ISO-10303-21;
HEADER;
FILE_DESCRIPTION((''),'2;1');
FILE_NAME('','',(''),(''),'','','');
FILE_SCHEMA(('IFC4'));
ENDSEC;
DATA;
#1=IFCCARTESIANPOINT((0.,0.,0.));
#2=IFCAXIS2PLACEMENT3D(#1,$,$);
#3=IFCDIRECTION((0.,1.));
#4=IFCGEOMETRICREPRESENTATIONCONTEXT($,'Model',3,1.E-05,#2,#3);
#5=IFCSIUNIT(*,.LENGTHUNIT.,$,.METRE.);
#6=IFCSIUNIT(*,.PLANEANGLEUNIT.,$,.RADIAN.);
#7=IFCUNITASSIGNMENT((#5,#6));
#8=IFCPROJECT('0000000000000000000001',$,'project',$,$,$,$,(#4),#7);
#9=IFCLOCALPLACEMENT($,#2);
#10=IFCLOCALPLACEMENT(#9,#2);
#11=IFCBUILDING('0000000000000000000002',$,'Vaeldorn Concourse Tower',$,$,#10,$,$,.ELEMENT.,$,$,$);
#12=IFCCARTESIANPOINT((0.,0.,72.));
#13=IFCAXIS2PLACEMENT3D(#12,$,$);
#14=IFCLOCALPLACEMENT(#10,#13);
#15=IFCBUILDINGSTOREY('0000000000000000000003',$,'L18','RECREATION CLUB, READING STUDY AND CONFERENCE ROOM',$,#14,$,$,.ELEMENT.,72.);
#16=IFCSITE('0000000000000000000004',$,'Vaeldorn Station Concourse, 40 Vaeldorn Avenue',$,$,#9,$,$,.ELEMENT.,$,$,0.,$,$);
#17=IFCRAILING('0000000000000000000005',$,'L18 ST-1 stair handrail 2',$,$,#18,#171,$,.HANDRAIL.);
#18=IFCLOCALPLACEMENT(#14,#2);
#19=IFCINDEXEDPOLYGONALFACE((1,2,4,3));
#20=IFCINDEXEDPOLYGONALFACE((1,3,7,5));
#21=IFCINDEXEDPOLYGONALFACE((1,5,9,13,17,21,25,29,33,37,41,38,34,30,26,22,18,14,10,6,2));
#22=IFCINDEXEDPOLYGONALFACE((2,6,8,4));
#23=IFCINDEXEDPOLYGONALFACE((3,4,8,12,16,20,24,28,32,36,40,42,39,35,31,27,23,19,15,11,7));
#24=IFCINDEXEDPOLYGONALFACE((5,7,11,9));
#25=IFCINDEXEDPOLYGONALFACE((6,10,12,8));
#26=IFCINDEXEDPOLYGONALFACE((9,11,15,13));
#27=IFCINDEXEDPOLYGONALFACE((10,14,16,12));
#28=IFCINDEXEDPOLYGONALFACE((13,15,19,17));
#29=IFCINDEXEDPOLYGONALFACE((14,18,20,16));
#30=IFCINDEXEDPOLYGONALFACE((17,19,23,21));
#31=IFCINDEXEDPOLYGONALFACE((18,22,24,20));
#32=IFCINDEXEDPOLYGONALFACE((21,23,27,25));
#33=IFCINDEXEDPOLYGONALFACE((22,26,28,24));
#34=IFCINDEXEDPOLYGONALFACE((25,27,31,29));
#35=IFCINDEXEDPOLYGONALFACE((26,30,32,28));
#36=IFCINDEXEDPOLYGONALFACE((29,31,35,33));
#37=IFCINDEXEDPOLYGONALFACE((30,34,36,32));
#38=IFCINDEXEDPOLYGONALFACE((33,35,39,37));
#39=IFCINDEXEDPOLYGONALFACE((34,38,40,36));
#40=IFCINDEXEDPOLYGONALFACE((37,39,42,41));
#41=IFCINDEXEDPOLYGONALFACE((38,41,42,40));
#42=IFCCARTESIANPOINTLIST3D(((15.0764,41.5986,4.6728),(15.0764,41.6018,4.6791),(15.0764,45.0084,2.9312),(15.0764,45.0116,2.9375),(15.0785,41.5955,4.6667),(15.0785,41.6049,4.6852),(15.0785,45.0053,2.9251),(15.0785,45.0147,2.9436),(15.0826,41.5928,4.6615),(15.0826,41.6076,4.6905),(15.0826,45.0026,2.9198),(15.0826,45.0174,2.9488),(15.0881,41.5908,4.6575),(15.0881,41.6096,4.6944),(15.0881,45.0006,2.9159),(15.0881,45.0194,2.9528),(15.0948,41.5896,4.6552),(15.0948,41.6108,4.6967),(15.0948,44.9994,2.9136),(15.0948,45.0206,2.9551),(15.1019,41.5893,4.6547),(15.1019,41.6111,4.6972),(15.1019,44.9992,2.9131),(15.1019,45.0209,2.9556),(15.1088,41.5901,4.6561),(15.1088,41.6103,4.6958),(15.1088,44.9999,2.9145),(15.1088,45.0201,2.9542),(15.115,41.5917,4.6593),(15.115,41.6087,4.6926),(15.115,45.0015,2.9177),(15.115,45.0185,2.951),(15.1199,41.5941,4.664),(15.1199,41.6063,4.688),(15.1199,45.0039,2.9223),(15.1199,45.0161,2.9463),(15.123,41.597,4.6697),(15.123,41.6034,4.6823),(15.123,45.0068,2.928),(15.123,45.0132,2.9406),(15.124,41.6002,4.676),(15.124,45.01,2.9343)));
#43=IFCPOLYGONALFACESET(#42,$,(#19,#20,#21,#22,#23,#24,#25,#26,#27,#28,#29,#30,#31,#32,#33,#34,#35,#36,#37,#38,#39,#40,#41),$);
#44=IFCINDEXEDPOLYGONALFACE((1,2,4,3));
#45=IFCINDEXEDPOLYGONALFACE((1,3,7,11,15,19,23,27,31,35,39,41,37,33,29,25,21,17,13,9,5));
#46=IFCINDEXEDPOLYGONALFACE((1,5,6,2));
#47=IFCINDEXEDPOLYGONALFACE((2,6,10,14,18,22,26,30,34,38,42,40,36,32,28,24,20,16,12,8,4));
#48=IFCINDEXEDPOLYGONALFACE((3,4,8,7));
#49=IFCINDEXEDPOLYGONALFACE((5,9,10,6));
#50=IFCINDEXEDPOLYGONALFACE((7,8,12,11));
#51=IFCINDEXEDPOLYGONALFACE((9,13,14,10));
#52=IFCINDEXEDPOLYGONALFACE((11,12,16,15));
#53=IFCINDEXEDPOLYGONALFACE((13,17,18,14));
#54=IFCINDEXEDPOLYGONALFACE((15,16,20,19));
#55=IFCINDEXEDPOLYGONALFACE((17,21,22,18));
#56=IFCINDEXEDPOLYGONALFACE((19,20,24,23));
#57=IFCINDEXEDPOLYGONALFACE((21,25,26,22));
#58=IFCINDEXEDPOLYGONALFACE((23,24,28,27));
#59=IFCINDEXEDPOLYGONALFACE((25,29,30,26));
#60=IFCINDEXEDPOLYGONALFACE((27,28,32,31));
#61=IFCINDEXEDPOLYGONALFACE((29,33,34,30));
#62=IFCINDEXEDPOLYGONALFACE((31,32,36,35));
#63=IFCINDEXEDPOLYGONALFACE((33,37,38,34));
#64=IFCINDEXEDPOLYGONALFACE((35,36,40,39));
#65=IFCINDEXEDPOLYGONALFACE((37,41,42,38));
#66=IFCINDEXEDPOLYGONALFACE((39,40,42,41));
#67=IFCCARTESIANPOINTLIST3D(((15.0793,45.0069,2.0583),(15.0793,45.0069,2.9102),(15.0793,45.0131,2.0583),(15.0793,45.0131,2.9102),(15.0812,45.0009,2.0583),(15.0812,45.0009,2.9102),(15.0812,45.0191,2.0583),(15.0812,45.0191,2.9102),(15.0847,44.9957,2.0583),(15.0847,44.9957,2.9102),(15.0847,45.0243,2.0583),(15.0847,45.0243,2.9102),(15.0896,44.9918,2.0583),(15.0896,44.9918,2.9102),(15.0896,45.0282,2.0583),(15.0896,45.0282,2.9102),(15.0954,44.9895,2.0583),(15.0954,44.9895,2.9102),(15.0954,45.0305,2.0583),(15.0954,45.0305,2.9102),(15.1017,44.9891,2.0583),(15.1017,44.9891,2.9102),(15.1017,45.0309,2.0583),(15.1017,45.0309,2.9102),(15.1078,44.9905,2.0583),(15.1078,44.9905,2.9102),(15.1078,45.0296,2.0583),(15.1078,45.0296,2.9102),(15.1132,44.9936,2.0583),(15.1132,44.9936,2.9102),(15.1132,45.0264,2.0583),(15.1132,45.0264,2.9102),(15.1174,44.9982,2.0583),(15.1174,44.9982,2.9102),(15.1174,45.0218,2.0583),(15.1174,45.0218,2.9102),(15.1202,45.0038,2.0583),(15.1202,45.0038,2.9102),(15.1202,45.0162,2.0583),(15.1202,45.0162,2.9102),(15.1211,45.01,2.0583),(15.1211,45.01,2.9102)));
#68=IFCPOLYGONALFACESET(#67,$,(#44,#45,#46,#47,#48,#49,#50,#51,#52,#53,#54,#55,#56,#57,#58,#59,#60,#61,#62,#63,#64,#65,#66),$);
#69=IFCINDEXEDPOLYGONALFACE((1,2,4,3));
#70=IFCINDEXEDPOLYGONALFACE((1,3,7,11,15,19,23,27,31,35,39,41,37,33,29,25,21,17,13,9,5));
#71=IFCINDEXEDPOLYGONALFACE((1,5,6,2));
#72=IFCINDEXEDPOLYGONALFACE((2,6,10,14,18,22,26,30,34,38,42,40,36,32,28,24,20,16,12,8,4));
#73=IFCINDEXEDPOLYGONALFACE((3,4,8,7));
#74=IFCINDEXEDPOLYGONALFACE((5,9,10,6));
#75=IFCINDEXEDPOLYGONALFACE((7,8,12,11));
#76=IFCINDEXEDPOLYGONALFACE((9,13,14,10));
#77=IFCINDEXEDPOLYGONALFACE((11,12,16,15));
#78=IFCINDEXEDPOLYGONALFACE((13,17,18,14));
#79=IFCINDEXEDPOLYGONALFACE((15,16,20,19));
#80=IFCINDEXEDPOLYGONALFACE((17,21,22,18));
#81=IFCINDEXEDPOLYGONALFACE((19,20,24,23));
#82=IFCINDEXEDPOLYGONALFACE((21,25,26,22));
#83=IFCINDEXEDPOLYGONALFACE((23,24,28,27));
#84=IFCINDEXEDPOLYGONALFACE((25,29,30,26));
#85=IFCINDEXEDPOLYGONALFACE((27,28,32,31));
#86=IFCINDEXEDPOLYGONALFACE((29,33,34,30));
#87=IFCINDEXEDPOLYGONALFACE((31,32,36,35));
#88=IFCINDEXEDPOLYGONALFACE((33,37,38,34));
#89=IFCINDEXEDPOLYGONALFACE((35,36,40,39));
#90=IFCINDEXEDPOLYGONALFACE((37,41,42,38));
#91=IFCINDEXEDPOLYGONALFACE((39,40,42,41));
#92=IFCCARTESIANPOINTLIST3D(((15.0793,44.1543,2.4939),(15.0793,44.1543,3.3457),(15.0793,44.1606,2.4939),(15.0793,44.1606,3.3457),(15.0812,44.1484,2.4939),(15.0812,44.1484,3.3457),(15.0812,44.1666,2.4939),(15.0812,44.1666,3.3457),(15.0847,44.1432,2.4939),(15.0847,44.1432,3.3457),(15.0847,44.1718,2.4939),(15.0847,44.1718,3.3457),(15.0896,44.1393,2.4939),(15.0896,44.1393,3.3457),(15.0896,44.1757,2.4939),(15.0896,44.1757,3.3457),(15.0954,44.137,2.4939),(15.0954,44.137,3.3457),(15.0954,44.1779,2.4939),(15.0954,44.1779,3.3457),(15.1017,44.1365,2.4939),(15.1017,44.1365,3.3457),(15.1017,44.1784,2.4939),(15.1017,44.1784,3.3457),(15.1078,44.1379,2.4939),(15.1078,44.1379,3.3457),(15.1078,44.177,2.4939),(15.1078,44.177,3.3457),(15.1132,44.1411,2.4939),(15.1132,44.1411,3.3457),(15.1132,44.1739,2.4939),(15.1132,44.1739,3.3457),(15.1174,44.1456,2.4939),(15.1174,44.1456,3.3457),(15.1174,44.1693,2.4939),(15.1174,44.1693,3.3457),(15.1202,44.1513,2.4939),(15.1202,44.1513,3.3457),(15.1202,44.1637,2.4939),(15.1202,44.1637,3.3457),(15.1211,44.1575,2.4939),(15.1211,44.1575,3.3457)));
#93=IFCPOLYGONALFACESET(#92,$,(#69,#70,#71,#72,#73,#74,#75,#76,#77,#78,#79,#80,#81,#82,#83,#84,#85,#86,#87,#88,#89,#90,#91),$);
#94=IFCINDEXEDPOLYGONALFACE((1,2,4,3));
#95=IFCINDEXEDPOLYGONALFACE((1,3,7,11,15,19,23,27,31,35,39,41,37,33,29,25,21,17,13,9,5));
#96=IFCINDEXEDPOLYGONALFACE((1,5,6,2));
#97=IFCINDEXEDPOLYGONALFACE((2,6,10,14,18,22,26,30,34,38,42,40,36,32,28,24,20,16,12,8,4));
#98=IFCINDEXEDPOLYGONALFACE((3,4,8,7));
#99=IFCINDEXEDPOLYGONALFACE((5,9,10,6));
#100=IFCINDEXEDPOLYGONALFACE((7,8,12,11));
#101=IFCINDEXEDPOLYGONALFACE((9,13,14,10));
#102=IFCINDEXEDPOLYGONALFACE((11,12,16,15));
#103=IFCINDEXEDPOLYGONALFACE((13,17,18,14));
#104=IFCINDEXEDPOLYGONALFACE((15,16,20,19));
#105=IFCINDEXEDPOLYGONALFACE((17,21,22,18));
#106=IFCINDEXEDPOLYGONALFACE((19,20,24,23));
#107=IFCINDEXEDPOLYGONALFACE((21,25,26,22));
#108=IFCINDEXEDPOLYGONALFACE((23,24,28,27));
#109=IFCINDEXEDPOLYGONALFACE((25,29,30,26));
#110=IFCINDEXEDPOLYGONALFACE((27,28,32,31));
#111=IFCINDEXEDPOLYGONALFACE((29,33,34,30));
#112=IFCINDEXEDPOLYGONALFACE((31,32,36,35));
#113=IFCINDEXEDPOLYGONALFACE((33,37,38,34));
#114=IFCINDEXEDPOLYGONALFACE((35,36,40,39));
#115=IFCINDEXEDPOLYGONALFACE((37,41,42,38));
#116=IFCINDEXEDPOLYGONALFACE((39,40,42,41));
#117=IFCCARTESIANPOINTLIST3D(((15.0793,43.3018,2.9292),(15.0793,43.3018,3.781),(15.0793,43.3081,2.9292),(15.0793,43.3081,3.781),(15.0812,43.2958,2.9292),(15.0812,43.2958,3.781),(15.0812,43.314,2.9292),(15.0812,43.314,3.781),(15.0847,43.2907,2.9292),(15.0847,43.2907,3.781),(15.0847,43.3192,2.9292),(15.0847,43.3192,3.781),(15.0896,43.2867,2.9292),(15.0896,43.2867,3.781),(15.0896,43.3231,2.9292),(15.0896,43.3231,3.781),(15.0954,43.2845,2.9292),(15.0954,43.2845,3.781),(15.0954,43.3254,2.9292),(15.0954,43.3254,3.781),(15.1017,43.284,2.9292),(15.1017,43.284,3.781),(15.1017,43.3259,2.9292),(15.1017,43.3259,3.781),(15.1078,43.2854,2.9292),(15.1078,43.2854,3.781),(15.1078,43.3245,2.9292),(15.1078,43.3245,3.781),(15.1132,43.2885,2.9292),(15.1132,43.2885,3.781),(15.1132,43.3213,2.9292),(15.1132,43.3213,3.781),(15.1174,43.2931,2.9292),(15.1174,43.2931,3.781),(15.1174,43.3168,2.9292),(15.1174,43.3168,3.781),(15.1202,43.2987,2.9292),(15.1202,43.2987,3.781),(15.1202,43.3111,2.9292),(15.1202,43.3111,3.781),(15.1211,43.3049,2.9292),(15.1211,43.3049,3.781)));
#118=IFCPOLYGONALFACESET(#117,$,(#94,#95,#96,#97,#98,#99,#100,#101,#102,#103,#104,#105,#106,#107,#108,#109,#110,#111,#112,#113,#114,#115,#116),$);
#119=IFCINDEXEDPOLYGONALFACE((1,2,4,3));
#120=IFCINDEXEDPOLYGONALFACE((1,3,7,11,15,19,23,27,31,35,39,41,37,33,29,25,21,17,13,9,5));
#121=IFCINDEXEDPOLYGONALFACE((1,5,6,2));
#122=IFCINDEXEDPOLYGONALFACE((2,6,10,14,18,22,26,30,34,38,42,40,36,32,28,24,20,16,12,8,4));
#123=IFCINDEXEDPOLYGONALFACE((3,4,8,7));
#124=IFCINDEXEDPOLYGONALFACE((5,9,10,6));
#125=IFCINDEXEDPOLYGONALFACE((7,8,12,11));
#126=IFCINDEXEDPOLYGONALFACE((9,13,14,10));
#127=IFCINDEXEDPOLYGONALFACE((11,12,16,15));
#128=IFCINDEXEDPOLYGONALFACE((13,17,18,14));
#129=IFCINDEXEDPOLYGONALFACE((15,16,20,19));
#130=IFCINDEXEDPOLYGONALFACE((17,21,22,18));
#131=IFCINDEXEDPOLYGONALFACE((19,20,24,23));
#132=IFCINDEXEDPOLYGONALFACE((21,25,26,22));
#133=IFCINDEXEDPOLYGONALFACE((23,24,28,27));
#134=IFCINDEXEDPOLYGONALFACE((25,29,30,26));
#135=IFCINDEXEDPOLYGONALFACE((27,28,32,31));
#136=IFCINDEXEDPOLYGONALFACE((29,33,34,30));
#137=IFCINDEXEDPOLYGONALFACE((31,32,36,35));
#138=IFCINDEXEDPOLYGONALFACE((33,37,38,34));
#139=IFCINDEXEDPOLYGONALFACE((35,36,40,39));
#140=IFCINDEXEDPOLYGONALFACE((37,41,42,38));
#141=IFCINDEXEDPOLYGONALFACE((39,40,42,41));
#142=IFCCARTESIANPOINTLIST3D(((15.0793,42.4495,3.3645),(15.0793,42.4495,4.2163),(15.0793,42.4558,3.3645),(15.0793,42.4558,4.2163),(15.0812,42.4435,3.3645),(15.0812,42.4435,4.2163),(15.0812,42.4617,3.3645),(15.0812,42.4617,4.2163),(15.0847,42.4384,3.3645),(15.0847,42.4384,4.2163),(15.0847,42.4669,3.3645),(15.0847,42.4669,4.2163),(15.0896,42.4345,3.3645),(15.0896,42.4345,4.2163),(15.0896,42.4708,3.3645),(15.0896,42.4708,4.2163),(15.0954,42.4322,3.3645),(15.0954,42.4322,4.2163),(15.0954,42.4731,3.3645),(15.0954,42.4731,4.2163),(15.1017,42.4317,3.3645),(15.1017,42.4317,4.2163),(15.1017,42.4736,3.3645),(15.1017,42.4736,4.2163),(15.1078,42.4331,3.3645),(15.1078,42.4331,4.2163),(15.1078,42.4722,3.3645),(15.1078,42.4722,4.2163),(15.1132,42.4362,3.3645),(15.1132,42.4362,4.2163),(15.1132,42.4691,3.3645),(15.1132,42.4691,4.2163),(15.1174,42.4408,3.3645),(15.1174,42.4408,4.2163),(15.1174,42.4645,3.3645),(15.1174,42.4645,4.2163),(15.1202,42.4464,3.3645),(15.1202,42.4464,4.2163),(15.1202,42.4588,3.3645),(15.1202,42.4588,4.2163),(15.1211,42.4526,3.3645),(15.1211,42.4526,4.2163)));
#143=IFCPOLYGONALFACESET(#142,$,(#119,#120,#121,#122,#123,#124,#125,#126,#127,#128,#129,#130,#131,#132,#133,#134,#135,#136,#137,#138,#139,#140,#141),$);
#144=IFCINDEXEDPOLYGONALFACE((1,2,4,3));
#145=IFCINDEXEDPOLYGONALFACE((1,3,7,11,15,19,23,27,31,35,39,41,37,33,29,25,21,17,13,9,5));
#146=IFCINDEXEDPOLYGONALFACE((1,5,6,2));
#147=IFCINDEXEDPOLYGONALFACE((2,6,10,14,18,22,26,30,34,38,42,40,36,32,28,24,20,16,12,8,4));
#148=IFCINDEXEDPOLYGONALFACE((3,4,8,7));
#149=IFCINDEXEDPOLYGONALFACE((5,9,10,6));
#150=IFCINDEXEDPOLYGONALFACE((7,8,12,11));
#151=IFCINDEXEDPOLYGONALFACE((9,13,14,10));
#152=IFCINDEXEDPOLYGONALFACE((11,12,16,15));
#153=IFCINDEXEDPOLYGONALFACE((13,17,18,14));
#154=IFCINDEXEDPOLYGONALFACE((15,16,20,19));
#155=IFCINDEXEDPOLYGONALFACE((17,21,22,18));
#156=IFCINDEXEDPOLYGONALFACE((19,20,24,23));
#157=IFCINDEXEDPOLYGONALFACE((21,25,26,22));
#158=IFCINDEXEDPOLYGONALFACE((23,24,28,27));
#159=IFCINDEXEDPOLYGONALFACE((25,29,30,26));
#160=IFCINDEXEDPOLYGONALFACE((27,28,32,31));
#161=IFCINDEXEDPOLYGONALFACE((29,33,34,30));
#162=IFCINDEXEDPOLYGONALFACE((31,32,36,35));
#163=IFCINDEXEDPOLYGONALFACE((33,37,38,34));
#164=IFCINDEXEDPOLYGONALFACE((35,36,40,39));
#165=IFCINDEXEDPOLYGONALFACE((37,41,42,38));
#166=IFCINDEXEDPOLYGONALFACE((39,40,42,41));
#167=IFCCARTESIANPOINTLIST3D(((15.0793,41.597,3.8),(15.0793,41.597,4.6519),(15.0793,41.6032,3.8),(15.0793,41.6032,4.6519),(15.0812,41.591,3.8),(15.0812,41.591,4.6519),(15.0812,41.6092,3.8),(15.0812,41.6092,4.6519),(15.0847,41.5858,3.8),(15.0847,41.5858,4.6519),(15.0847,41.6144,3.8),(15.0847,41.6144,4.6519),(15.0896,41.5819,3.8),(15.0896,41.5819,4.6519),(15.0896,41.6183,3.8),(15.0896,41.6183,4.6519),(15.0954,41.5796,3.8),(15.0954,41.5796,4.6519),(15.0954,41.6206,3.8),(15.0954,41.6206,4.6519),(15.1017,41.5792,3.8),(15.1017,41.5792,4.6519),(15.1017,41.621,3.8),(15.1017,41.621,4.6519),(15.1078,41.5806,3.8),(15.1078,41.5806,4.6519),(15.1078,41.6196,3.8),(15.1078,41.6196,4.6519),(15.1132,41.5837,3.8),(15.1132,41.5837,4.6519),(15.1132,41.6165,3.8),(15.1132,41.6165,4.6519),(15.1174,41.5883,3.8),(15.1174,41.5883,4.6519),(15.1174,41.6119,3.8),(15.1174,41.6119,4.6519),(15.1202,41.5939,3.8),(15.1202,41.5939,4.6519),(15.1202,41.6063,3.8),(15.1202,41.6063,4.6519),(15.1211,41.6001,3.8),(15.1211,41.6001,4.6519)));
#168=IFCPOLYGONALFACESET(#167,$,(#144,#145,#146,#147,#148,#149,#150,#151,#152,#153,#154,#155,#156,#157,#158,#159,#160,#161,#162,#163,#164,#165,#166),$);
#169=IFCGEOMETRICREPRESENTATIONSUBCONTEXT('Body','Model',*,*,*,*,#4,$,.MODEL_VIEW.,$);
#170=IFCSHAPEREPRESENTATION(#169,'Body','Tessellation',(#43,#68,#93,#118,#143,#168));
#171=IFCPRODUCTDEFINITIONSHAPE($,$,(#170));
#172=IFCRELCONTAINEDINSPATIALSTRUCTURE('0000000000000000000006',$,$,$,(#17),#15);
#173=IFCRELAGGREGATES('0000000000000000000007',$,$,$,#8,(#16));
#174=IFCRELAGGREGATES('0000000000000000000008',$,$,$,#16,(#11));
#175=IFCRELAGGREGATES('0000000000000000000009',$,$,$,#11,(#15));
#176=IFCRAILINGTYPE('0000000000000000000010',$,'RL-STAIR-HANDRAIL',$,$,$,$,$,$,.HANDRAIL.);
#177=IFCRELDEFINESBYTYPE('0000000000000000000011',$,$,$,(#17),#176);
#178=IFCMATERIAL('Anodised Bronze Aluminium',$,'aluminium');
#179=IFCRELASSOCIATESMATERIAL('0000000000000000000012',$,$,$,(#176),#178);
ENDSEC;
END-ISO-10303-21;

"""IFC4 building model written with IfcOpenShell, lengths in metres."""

from ifc_helpers import new_model, si_unit, direction, frame, origin, origin_2d, place, context, subcontext, project, spatial, circle, extrude, material, type_object, element, save


model = new_model("IFC4")

# Units and contexts
model_context = context("Model", 3, precision=1e-05, world=origin(), true_north=direction((0.0, 1.0)))
body_context = subcontext(model_context, "Body", "Model", "MODEL_VIEW")
ifc_project = project(units=[si_unit("LENGTHUNIT", "METRE"), si_unit("PLANEANGLEUNIT", "RADIAN")], contexts=[model_context])

# Site, building, storey
site_placement = place(None, origin())
site = spatial("IfcSite", under=ifc_project, at=site_placement, Name="Vaeldorn Station Concourse, 40 Vaeldorn Avenue", CompositionType="ELEMENT", RefElevation=0.0)
building_placement = place(site_placement, origin())
building = spatial("IfcBuilding", under=site, at=building_placement, Name="Vaeldorn Concourse Tower", CompositionType="ELEMENT")
storey_placement = place(building_placement, frame((0.0, 0.0, 72.0)))
storey = spatial("IfcBuildingStorey", under=building, at=storey_placement, Name="L18", Description="RECREATION CLUB, READING STUDY AND CONFERENCE ROOM", CompositionType="ELEMENT", Elevation=72.0)

# Shared definitions
ifc_material_1 = material(Name="Anodised Bronze Aluminium", Category="aluminium")

# Railing
railing_type_1 = type_object("IfcRailingType", Name="RL-STAIR-HANDRAIL", PredefinedType="HANDRAIL", material=ifc_material_1)
railing_1_placement = place(storey_placement, frame((15.1001, 45.01, 2.0583)))
element("IfcRailing", 1, at=railing_1_placement, inside=storey, type_object=railing_type_1, Name="L18 ST-1 stair handrail 2", PredefinedType="HANDRAIL", context=body_context, shape_type="SweptSolid", body=[
    extrude(circle(Radius=0.0239, at=origin_2d()), frame((0.0, 0.0, 0.876), z_axis=(0.0, -0.890556, 0.454874), x_axis=(1.0, 0.0, 0.0)), (0.0, 0.0, 1.0), 3.8289),
    extrude(circle(Radius=0.021, at=origin_2d()), origin(), (0.0, 0.0, 1.0), 0.8518),
    extrude(circle(Radius=0.021, at=origin_2d()), frame((0.0, -0.8525, 0.4355)), (0.0, 0.0, 1.0), 0.8518),
    extrude(circle(Radius=0.021, at=origin_2d()), frame((0.0, -1.7051, 0.8708)), (0.0, 0.0, 1.0), 0.8518),
    extrude(circle(Radius=0.021, at=origin_2d()), frame((0.0, -2.5574, 1.3062)), (0.0, 0.0, 1.0), 0.8518),
    extrude(circle(Radius=0.021, at=origin_2d()), frame((0.0, -3.4099, 1.7417)), (0.0, 0.0, 1.0), 0.8518),
])

save(model, "model.ifc")
